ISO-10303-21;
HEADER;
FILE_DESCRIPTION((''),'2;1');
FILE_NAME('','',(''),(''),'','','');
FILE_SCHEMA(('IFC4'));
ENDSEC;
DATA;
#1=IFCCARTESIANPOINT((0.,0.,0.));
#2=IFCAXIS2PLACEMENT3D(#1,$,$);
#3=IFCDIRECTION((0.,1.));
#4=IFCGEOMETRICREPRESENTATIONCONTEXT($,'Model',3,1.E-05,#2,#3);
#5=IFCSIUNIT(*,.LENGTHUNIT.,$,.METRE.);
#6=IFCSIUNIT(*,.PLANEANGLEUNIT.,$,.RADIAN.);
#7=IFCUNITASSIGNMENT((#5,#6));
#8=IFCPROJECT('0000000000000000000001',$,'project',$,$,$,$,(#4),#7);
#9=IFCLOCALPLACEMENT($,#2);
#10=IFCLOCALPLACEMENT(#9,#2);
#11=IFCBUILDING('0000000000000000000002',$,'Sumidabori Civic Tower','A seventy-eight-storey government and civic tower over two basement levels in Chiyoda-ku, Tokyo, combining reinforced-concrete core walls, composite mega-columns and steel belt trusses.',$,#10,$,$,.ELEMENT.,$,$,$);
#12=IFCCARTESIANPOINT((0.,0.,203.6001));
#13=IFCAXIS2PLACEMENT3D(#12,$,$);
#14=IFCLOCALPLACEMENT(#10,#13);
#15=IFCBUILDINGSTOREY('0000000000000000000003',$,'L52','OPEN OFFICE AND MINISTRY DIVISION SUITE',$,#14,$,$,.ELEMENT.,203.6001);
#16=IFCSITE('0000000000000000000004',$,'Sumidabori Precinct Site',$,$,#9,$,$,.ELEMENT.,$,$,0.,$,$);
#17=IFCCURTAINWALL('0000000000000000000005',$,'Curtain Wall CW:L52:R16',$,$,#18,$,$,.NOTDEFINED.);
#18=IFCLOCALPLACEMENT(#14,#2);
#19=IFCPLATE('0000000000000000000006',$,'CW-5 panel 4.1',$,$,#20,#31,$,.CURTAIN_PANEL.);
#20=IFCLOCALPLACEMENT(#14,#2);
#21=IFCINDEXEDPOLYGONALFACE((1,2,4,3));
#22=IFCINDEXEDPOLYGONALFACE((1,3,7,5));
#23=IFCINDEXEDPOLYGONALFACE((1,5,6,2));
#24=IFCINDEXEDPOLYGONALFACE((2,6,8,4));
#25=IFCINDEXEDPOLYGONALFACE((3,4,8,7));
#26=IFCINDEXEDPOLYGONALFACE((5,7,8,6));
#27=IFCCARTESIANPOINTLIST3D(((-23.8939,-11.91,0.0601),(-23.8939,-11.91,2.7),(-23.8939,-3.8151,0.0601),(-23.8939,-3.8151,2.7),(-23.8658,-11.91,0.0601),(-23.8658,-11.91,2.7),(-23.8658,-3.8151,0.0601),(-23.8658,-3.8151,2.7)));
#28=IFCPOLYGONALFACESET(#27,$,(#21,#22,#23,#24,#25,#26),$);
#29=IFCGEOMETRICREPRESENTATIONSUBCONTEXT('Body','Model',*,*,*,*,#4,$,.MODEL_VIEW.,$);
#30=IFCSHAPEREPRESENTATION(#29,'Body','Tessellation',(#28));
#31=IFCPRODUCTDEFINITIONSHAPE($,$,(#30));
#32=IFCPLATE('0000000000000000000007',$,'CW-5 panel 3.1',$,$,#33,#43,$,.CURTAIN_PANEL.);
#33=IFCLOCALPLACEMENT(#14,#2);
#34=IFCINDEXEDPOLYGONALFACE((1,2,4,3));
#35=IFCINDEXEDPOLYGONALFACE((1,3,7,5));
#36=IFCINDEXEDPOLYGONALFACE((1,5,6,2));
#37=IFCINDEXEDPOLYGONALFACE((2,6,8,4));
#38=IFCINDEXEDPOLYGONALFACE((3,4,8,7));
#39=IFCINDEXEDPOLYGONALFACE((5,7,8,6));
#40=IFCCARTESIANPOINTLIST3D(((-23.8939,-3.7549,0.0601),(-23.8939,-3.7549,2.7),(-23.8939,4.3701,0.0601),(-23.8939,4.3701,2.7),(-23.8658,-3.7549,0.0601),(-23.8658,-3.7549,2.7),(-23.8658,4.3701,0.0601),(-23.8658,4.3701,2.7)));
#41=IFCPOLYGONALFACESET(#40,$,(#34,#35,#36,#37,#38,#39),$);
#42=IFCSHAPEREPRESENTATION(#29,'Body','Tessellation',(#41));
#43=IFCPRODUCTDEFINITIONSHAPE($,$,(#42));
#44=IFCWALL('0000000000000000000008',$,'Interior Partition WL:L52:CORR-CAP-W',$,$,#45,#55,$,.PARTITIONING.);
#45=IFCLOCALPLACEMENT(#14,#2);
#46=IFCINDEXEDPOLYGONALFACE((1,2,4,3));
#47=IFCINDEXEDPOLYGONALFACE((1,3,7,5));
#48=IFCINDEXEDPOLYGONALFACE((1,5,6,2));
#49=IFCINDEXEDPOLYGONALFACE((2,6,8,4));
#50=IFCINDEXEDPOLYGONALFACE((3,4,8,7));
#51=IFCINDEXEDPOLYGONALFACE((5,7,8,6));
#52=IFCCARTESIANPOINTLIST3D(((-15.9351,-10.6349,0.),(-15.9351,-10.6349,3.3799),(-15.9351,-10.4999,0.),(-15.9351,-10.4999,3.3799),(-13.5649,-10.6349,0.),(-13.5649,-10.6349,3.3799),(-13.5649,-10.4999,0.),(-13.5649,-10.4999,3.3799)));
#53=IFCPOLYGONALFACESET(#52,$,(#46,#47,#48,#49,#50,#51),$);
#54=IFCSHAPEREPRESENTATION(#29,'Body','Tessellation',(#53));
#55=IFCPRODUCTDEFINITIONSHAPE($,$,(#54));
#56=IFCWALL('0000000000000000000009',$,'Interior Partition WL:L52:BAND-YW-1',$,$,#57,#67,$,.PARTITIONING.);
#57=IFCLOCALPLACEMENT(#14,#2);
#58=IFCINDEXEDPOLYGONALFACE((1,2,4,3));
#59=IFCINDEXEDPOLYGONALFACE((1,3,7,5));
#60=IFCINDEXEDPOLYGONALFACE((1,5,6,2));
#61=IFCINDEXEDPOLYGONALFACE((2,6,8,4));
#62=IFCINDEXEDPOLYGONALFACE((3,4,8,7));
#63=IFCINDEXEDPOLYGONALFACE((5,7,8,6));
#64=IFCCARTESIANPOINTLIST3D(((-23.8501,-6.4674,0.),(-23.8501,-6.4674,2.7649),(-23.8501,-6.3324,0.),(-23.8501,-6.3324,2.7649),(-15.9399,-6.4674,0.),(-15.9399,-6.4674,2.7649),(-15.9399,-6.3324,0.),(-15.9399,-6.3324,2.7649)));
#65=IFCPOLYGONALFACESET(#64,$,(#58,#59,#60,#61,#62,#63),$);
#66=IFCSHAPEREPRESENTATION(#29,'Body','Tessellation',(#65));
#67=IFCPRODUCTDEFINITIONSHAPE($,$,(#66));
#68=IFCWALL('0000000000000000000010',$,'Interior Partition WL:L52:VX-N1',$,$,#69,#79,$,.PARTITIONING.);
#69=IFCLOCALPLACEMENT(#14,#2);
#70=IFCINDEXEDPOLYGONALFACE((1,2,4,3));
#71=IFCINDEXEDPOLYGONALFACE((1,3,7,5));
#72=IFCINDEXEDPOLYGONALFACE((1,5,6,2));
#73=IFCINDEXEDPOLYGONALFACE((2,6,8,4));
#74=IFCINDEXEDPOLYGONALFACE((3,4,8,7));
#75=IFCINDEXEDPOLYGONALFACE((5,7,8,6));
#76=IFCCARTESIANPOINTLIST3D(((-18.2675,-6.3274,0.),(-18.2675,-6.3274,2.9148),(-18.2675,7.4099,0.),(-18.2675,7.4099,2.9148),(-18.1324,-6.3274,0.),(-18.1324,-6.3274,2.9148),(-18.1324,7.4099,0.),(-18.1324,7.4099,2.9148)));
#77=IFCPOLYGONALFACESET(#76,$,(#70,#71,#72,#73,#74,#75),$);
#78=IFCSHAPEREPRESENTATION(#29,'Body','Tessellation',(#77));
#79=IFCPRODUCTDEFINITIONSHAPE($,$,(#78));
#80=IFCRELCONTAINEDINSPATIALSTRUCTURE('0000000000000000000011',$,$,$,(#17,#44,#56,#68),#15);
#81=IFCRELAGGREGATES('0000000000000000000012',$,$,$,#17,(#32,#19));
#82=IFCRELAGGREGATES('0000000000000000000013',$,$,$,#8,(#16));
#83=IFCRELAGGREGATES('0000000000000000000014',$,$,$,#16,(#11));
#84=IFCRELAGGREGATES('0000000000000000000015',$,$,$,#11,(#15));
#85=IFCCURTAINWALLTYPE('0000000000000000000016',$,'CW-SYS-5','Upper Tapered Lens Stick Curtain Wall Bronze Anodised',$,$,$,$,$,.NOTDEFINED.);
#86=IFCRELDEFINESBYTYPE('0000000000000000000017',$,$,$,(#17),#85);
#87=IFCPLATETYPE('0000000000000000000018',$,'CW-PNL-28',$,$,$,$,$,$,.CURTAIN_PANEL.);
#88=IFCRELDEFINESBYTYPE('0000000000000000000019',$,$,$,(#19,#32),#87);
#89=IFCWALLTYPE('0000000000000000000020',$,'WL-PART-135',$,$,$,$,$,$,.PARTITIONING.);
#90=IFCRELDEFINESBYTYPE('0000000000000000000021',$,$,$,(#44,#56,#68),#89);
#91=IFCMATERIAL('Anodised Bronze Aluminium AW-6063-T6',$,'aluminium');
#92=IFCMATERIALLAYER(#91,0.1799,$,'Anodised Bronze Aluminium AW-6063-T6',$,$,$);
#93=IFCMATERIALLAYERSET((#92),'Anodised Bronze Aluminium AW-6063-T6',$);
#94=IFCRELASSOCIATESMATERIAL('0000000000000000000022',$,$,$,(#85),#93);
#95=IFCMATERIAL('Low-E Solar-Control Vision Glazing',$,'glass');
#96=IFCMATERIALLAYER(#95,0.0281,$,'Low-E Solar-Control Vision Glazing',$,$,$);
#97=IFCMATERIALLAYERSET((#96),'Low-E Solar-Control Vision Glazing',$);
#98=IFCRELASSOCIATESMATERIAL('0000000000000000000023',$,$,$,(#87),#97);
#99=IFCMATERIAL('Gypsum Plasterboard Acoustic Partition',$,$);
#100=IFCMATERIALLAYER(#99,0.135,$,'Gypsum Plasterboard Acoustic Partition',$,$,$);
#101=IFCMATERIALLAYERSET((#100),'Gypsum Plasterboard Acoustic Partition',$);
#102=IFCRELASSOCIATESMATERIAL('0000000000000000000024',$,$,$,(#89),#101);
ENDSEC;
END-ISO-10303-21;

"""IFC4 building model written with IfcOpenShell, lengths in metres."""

from ifc_helpers import new_model, si_unit, direction, frame, frame_2d, origin, origin_2d, place, context, subcontext, project, spatial, rectangle, extrude, source, transform, mapped, material, layer, layer_set, type_object, element, aggregate, save


model = new_model("IFC4")

# Units and contexts
model_context = context("Model", 3, precision=1e-05, world=origin(), true_north=direction((0.0, 1.0)))
body_context = subcontext(model_context, "Body", "Model", "MODEL_VIEW")
ifc_project = project(units=[si_unit("LENGTHUNIT", "METRE"), si_unit("PLANEANGLEUNIT", "RADIAN")], contexts=[model_context])

# Site, building, storey
site_placement = place(None, origin())
site = spatial("IfcSite", under=ifc_project, at=site_placement, Name="Sumidabori Precinct Site", CompositionType="ELEMENT", RefElevation=0.0)
building_placement = place(site_placement, origin())
building = spatial("IfcBuilding", under=site, at=building_placement, Name="Sumidabori Civic Tower", Description="A seventy-eight-storey government and civic tower over two basement levels in Chiyoda-ku, Tokyo, combining reinforced-concrete core walls, composite mega-columns and steel belt trusses.", CompositionType="ELEMENT")
storey_placement = place(building_placement, frame((0.0, 0.0, 203.6001)))
storey = spatial("IfcBuildingStorey", under=building, at=storey_placement, Name="L52", Description="OPEN OFFICE AND MINISTRY DIVISION SUITE", CompositionType="ELEMENT", Elevation=203.6001)

# Curtain wall
ifc_material_1 = material(Name="Anodised Bronze Aluminium AW-6063-T6", Category="aluminium")
ifc_layer_1 = layer(ifc_material_1, 0.1799, Name="Anodised Bronze Aluminium AW-6063-T6")
ifc_layer_set_1 = layer_set([ifc_layer_1], Name="Anodised Bronze Aluminium AW-6063-T6")
curtain_wall_type = type_object("IfcCurtainWallType", Name="CW-SYS-5", Description="Upper Tapered Lens Stick Curtain Wall Bronze Anodised", PredefinedType="NOTDEFINED", material=ifc_layer_set_1)
curtain_wall_1_placement = place(storey_placement, origin())
curtain_wall_1 = element("IfcCurtainWall", 1, at=curtain_wall_1_placement, inside=storey, type_object=curtain_wall_type, Name="Curtain Wall CW:L52:R16", PredefinedType="NOTDEFINED")

# Plates
ifc_material_2 = material(Name="Low-E Solar-Control Vision Glazing", Category="glass")
ifc_layer_2 = layer(ifc_material_2, 0.0281, Name="Low-E Solar-Control Vision Glazing")
ifc_layer_set_2 = layer_set([ifc_layer_2], Name="Low-E Solar-Control Vision Glazing")
plate_type = type_object("IfcPlateType", Name="CW-PNL-28", PredefinedType="CURTAIN_PANEL", material=ifc_layer_set_2)
shared_shape_1 = source(origin(), body_context, "Body", "SweptSolid", [
    extrude(rectangle(XDim=8.095, YDim=0.0281, at=origin_2d()), origin(), (0.0, 0.0, 1.0), 2.6399),
])
plate_1_placement = place(storey_placement, frame((-23.8799, -7.8625, 0.0601), z_axis=(0.0, 0.0, 1.0), x_axis=(0.0, -1.0, 0.0)))
plate_1 = element("IfcPlate", 2, at=plate_1_placement, type_object=plate_type, Name="CW-5 panel 4.1", PredefinedType="CURTAIN_PANEL", context=body_context, shape_type="MappedRepresentation", body=[
    mapped(shared_shape_1, transform((0.0, 0.0, 0.0), x_axis=(1.0, 0.0, 0.0), y_axis=(0.0, 1.0, 0.0), z_axis=(0.0, 0.0, 1.0), scale=1.0)),
])
shared_shape_2 = source(origin(), body_context, "Body", "SweptSolid", [
    extrude(rectangle(XDim=8.125, YDim=0.0281, at=origin_2d()), origin(), (0.0, 0.0, 1.0), 2.6399),
])
plate_2_placement = place(storey_placement, frame((-23.8799, 0.3076, 0.0601), z_axis=(0.0, 0.0, 1.0), x_axis=(0.0, -1.0, 0.0)))
plate_2 = element("IfcPlate", 3, at=plate_2_placement, type_object=plate_type, Name="CW-5 panel 3.1", PredefinedType="CURTAIN_PANEL", context=body_context, shape_type="MappedRepresentation", body=[
    mapped(shared_shape_2, transform((0.0, 0.0, 0.0), x_axis=(1.0, 0.0, 0.0), y_axis=(0.0, 1.0, 0.0), z_axis=(0.0, 0.0, 1.0), scale=1.0)),
])
aggregate(curtain_wall_1, [plate_2, plate_1])

# Walls
ifc_material_3 = material(Name="Gypsum Plasterboard Acoustic Partition")
ifc_layer_3 = layer(ifc_material_3, 0.135, Name="Gypsum Plasterboard Acoustic Partition")
ifc_layer_set_3 = layer_set([ifc_layer_3], Name="Gypsum Plasterboard Acoustic Partition")
wall_type = type_object("IfcWallType", Name="WL-PART-135", PredefinedType="PARTITIONING", material=ifc_layer_set_3)
shared_shape_3 = source(origin(), body_context, "Body", "SweptSolid", [
    extrude(rectangle(XDim=2.3701, YDim=0.135, at=frame_2d((1.1851, 0.0))), origin(), (0.0, 0.0, 1.0), 3.3799),
])
wall_1_placement = place(storey_placement, frame((-15.9351, -10.5674, 0.0), z_axis=(0.0, 0.0, 1.0), x_axis=(1.0, 0.0, 0.0)))
element("IfcWall", 4, at=wall_1_placement, inside=storey, type_object=wall_type, Name="Interior Partition WL:L52:CORR-CAP-W", PredefinedType="PARTITIONING", context=body_context, shape_type="MappedRepresentation", body=[
    mapped(shared_shape_3, transform((0.0, 0.0, 0.0), x_axis=(1.0, 0.0, 0.0), y_axis=(0.0, 1.0, 0.0), z_axis=(0.0, 0.0, 1.0), scale=1.0)),
])
shared_shape_4 = source(origin(), body_context, "Body", "SweptSolid", [
    extrude(rectangle(XDim=7.9102, YDim=0.135, at=frame_2d((3.9551, 0.0))), origin(), (0.0, 0.0, 1.0), 2.7649),
])
wall_2_placement = place(storey_placement, frame((-23.8501, -6.3999, 0.0), z_axis=(0.0, 0.0, 1.0), x_axis=(1.0, 0.0, 0.0)))
element("IfcWall", 5, at=wall_2_placement, inside=storey, type_object=wall_type, Name="Interior Partition WL:L52:BAND-YW-1", PredefinedType="PARTITIONING", context=body_context, shape_type="MappedRepresentation", body=[
    mapped(shared_shape_4, transform((0.0, 0.0, 0.0), x_axis=(1.0, 0.0, 0.0), y_axis=(0.0, 1.0, 0.0), z_axis=(0.0, 0.0, 1.0), scale=1.0)),
])
shared_shape_5 = source(origin(), body_context, "Body", "SweptSolid", [
    extrude(rectangle(XDim=13.7373, YDim=0.135, at=frame_2d((6.8687, 0.0))), origin(), (0.0, 0.0, 1.0), 2.9148),
])
wall_3_placement = place(storey_placement, frame((-18.2, -6.3274, 0.0), z_axis=(0.0, 0.0, 1.0), x_axis=(0.0, 1.0, 0.0)))
element("IfcWall", 6, at=wall_3_placement, inside=storey, type_object=wall_type, Name="Interior Partition WL:L52:VX-N1", PredefinedType="PARTITIONING", context=body_context, shape_type="MappedRepresentation", body=[
    mapped(shared_shape_5, transform((0.0, 0.0, 0.0), x_axis=(1.0, 0.0, 0.0), y_axis=(0.0, 1.0, 0.0), z_axis=(0.0, 0.0, 1.0), scale=1.0)),
])

save(model, "model.ifc")
